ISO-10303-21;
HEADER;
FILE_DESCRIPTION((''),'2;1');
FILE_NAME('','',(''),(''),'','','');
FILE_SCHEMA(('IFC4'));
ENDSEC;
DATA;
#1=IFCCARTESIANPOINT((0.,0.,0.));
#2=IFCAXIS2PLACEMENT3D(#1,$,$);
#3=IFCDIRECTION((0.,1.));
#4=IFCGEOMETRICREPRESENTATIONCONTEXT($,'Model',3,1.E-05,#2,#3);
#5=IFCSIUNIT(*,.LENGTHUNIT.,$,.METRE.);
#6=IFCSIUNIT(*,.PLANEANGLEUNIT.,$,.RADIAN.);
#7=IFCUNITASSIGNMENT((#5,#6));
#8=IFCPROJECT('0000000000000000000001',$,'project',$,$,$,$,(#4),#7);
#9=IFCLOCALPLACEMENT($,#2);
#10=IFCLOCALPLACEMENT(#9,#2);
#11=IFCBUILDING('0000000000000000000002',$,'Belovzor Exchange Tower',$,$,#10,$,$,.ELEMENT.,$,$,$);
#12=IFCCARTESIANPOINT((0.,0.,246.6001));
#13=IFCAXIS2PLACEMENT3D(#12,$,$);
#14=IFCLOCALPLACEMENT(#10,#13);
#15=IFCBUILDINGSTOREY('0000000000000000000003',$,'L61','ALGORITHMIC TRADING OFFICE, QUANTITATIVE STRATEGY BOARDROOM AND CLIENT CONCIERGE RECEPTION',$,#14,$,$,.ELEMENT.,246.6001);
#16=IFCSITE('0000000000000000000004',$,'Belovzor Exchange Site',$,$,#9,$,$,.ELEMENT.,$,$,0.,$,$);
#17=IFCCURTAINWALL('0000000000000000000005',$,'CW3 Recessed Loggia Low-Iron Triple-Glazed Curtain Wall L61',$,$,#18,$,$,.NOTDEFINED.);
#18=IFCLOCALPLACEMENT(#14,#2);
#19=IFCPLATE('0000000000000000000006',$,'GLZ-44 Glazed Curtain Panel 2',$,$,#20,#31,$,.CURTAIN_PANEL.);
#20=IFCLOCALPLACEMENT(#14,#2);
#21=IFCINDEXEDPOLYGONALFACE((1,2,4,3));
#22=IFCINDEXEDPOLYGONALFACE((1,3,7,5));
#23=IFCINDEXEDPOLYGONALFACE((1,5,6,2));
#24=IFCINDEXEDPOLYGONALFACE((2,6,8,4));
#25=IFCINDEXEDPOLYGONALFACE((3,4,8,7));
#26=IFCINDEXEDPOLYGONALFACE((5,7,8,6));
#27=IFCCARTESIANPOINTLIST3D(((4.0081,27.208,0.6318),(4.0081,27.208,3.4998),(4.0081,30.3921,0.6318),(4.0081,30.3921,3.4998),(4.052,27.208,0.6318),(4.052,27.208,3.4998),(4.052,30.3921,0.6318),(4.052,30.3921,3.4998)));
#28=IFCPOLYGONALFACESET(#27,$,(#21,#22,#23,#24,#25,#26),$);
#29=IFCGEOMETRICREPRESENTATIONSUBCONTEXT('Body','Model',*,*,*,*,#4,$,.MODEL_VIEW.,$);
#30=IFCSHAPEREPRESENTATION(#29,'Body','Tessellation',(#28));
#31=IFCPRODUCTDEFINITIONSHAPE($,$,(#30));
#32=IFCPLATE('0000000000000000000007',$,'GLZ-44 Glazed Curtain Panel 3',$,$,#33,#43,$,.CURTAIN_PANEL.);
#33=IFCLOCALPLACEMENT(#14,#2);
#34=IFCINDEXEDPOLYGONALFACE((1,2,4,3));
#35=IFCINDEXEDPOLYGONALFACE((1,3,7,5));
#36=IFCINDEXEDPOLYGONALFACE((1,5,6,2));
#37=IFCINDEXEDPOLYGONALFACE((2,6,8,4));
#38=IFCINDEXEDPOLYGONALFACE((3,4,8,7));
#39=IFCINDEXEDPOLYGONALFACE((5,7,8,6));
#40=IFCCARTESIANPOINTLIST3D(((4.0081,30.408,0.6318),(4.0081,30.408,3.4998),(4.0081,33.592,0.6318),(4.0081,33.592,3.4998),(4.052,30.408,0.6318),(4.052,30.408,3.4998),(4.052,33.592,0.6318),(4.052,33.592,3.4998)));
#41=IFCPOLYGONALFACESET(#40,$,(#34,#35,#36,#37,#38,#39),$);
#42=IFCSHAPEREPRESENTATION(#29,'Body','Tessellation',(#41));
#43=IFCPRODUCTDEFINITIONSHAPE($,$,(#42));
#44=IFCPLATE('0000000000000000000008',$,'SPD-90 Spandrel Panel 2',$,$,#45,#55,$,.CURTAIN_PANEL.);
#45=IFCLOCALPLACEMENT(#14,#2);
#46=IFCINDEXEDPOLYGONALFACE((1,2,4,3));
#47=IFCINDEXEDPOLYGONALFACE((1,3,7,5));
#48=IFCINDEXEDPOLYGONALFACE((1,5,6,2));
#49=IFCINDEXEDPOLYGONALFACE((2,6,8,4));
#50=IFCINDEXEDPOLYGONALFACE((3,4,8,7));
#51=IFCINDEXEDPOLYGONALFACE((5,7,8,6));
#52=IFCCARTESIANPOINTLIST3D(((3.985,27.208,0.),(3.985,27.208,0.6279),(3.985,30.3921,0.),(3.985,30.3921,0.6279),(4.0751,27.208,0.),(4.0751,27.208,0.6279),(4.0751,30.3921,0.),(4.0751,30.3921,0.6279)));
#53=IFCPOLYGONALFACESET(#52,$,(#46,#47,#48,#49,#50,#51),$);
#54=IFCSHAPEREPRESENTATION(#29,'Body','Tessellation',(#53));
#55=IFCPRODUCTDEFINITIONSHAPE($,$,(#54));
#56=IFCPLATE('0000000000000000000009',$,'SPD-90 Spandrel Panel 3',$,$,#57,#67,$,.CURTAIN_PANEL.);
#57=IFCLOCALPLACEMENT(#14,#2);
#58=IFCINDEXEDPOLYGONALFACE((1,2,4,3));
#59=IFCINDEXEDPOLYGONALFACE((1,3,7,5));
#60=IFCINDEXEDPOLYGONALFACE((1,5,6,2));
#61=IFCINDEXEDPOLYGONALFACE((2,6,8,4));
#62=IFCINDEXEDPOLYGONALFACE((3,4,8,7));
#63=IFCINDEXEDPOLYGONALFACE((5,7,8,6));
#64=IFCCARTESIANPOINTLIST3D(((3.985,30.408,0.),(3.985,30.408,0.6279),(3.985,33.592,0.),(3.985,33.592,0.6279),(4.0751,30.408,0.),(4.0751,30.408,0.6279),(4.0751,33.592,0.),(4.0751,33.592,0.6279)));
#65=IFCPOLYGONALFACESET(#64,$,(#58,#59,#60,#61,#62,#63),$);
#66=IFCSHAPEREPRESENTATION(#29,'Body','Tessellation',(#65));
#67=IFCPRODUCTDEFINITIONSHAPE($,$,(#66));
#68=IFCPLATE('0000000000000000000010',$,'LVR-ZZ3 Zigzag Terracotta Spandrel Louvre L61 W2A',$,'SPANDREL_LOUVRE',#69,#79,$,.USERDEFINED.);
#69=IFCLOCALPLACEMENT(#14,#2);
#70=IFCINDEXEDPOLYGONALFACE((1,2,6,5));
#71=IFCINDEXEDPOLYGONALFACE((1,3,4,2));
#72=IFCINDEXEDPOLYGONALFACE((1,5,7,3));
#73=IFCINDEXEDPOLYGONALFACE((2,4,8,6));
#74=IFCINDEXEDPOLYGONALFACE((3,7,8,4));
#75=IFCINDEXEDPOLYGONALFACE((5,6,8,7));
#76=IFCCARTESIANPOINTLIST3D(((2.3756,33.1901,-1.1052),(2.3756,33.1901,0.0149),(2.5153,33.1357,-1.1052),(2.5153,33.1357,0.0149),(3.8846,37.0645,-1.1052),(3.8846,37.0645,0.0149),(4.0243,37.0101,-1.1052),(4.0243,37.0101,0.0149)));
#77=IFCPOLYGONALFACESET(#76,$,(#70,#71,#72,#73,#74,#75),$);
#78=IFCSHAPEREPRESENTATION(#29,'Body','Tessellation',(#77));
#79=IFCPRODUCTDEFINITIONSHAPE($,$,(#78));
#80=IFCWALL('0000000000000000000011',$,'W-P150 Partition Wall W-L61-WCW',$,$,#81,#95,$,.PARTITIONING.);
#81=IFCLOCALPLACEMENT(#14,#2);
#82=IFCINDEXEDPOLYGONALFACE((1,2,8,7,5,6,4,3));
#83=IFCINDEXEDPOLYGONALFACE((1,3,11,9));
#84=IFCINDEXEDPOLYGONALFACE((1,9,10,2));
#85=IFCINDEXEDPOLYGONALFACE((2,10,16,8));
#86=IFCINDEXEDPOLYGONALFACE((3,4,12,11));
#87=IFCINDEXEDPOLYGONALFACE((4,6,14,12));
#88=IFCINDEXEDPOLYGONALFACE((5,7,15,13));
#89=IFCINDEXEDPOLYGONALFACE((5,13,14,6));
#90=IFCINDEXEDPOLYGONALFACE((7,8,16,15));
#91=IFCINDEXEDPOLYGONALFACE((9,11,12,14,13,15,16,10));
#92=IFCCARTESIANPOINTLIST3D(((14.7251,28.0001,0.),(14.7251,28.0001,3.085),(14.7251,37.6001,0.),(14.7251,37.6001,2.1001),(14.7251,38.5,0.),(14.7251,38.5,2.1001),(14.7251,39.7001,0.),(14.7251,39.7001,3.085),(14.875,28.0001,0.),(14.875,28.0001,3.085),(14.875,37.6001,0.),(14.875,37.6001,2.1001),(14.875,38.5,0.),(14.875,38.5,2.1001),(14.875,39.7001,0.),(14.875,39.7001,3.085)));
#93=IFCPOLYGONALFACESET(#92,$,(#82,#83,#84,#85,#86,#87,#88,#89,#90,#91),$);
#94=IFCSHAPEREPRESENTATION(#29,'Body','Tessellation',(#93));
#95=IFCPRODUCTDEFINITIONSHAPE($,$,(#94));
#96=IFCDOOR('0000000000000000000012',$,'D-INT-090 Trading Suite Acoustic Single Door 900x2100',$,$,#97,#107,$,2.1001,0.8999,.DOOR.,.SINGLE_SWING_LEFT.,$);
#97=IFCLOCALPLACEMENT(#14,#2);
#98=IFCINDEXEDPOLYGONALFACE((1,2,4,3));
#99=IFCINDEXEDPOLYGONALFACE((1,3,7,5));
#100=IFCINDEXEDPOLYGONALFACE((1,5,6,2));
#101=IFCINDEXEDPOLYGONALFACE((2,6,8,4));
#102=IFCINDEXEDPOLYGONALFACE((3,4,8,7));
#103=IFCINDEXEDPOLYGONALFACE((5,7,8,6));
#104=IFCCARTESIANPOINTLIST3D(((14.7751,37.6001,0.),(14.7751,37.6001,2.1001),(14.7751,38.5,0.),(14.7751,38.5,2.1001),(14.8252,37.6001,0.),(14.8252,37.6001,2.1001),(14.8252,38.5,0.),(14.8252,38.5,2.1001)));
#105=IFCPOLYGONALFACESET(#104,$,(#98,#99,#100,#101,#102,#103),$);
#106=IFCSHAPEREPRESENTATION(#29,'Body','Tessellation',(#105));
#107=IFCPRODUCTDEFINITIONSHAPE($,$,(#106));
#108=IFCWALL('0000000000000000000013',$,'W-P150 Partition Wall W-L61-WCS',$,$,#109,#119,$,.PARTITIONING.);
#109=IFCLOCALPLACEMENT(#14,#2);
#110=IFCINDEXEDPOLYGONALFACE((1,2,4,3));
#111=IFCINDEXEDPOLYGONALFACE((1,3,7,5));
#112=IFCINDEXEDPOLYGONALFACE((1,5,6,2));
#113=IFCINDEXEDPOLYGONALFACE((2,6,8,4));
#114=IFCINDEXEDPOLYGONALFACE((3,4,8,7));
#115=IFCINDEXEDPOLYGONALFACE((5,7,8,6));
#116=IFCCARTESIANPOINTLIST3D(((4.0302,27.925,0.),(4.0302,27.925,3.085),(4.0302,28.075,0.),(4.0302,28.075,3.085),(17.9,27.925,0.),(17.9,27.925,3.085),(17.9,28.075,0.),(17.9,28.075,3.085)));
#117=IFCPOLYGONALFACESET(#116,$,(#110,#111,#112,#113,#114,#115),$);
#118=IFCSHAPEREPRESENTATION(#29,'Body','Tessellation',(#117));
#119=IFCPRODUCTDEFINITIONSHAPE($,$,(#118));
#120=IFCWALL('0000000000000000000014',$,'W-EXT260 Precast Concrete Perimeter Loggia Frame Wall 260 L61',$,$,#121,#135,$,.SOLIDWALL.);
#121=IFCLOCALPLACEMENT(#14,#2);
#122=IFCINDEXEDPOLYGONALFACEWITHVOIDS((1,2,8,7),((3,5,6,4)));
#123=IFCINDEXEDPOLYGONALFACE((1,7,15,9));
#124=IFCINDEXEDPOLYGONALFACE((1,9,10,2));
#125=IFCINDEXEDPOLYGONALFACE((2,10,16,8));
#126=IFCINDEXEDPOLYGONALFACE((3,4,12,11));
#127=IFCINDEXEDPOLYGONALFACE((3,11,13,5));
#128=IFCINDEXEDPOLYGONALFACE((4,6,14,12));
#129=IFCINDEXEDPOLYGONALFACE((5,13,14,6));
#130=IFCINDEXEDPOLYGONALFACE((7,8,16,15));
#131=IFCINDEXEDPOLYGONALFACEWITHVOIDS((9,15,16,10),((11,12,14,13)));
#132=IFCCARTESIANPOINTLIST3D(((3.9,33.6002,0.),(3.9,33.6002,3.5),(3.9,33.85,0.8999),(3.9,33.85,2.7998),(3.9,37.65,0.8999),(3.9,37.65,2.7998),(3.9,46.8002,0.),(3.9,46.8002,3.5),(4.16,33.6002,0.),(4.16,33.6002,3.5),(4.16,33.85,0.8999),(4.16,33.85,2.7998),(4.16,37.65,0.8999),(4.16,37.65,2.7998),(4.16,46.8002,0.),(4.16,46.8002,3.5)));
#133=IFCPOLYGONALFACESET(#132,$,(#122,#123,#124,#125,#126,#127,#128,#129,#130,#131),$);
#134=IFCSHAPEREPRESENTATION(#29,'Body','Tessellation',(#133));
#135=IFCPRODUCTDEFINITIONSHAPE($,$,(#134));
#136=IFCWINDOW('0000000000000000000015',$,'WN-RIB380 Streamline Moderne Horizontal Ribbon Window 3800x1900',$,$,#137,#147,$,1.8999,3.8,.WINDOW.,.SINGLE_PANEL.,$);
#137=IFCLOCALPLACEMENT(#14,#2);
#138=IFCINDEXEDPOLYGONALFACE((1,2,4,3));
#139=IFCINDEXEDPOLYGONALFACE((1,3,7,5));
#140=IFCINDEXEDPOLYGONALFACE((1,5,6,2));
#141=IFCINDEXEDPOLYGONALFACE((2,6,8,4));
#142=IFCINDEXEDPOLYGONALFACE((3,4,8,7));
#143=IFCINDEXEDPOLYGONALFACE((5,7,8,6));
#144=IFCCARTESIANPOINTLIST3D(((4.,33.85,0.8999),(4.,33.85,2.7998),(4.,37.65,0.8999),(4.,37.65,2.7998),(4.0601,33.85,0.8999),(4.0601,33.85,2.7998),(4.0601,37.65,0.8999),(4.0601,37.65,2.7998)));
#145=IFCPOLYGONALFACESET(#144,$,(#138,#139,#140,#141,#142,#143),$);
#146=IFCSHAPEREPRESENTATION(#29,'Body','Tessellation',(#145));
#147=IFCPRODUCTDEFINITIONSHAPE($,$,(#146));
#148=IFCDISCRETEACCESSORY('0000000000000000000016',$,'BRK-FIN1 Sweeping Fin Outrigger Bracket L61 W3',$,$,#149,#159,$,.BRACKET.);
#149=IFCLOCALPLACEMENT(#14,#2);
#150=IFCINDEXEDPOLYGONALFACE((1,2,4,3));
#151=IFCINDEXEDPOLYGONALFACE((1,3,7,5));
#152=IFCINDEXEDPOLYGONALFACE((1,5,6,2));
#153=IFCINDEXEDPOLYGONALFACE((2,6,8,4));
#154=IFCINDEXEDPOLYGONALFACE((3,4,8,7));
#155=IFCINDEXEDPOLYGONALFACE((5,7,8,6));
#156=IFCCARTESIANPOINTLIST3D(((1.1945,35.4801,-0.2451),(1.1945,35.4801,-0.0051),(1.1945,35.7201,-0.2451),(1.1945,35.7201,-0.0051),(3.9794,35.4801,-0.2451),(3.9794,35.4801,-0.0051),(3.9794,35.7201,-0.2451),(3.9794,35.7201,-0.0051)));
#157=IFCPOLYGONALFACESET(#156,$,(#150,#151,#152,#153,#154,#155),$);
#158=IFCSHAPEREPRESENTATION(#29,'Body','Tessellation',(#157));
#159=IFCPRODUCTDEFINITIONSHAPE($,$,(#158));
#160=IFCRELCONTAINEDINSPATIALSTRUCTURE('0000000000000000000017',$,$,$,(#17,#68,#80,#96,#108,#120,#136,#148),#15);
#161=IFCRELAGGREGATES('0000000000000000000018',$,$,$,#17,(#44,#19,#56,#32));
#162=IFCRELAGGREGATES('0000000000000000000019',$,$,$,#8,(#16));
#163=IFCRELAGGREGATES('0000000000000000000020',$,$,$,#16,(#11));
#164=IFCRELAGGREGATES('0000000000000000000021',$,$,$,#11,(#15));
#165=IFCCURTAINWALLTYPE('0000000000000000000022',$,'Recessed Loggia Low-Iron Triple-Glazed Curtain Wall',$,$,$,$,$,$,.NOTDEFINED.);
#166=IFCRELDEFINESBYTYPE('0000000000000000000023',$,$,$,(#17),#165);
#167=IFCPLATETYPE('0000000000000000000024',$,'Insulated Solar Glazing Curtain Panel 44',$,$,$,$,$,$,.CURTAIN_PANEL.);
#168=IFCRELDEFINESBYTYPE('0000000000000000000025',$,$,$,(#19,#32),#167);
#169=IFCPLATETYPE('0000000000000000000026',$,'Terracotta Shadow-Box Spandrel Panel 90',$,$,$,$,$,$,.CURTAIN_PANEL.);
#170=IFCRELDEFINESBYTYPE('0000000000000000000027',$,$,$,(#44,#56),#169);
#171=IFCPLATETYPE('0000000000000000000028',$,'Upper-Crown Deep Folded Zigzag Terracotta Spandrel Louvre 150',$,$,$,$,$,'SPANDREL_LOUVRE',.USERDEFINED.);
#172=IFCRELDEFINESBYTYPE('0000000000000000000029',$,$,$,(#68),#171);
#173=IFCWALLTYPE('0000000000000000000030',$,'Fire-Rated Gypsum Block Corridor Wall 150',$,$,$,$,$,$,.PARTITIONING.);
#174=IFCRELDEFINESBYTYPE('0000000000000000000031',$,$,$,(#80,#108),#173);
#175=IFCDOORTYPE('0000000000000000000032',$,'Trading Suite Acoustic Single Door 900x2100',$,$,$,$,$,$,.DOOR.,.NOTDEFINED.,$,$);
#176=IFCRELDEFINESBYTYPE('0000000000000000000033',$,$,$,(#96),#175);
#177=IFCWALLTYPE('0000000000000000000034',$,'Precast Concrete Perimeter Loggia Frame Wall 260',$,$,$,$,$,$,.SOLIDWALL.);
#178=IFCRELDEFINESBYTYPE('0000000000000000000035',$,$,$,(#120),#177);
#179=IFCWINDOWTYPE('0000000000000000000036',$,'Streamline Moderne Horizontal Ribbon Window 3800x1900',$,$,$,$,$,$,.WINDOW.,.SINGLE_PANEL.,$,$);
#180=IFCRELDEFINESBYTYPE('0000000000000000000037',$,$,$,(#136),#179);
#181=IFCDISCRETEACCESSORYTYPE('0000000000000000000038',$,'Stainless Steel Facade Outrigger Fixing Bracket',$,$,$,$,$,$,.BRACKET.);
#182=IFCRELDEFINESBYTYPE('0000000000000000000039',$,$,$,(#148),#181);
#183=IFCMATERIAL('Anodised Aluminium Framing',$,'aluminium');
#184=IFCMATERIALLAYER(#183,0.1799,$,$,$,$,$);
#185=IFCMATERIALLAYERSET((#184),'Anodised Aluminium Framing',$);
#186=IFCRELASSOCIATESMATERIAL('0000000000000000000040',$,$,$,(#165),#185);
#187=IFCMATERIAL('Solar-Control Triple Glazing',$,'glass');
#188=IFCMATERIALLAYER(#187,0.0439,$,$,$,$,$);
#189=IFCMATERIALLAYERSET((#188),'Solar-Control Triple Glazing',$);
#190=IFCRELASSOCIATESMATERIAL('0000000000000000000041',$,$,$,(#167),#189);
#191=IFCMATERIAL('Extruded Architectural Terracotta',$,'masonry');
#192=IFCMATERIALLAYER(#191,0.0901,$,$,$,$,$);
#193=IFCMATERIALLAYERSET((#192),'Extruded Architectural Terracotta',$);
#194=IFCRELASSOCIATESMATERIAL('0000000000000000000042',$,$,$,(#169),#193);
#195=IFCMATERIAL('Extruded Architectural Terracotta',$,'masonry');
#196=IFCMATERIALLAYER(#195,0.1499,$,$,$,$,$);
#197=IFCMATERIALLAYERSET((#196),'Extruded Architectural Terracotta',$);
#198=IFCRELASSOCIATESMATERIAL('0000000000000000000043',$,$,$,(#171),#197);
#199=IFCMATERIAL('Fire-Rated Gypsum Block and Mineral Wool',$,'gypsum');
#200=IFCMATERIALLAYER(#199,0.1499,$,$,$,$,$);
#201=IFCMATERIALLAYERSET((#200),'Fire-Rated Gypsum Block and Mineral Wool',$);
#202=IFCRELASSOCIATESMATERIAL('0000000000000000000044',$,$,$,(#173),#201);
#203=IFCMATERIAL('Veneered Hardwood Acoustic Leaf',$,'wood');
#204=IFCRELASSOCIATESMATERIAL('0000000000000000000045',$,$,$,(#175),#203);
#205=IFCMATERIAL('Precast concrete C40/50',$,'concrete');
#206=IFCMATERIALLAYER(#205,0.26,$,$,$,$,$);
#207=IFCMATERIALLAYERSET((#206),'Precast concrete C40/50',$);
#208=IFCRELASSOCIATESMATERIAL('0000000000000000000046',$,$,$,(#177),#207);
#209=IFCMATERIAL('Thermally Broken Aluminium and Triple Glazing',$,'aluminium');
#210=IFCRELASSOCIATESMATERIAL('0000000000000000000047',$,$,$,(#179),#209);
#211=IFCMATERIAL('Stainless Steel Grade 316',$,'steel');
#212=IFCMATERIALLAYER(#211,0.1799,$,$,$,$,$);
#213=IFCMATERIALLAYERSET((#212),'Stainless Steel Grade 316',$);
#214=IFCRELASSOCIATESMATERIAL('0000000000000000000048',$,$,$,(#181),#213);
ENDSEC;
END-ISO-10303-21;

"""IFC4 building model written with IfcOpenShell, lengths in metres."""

from ifc_helpers import new_model, si_unit, direction, frame, frame_2d, origin, origin_2d, place, context, subcontext, project, spatial, rectangle, extrude, material, layer, layer_set, type_object, element, fill, aggregate, save


model = new_model("IFC4")

# Units and contexts
model_context = context("Model", 3, precision=1e-05, world=origin(), true_north=direction((0.0, 1.0)))
body_context = subcontext(model_context, "Body", "Model", "MODEL_VIEW")
ifc_project = project(units=[si_unit("LENGTHUNIT", "METRE"), si_unit("PLANEANGLEUNIT", "RADIAN")], contexts=[model_context])

# Site, building, storey
site_placement = place(None, origin())
site = spatial("IfcSite", under=ifc_project, at=site_placement, Name="Belovzor Exchange Site", CompositionType="ELEMENT", RefElevation=0.0)
building_placement = place(site_placement, origin())
building = spatial("IfcBuilding", under=site, at=building_placement, Name="Belovzor Exchange Tower", CompositionType="ELEMENT")
storey_placement = place(building_placement, frame((0.0, 0.0, 246.6001)))
storey = spatial("IfcBuildingStorey", under=building, at=storey_placement, Name="L61", Description="ALGORITHMIC TRADING OFFICE, QUANTITATIVE STRATEGY BOARDROOM AND CLIENT CONCIERGE RECEPTION", CompositionType="ELEMENT", Elevation=246.6001)

# Curtain wall
ifc_material_1 = material(Name="Anodised Aluminium Framing", Category="aluminium")
ifc_layer_1 = layer(ifc_material_1, 0.1799)
ifc_layer_set_1 = layer_set([ifc_layer_1], Name="Anodised Aluminium Framing")
curtain_wall_type = type_object("IfcCurtainWallType", Name="Recessed Loggia Low-Iron Triple-Glazed Curtain Wall", PredefinedType="NOTDEFINED", material=ifc_layer_set_1)
curtain_wall_placement = place(storey_placement, origin())
curtain_wall = element("IfcCurtainWall", 1, at=curtain_wall_placement, inside=storey, type_object=curtain_wall_type, Name="CW3 Recessed Loggia Low-Iron Triple-Glazed Curtain Wall L61", PredefinedType="NOTDEFINED")

# Plates
ifc_material_2 = material(Name="Solar-Control Triple Glazing", Category="glass")
ifc_layer_2 = layer(ifc_material_2, 0.0439)
ifc_layer_set_2 = layer_set([ifc_layer_2], Name="Solar-Control Triple Glazing")
plate_type_1 = type_object("IfcPlateType", Name="Insulated Solar Glazing Curtain Panel 44", PredefinedType="CURTAIN_PANEL", material=ifc_layer_set_2)
plate_1_placement = place(storey_placement, frame((4.03, 28.8, 0.6318), z_axis=(0.0, 0.0, 1.0), x_axis=(0.0, 1.0, 0.0)))
plate_1 = element("IfcPlate", 2, at=plate_1_placement, type_object=plate_type_1, Name="GLZ-44 Glazed Curtain Panel 2", PredefinedType="CURTAIN_PANEL", context=body_context, shape_type="SweptSolid", body=[
    extrude(rectangle(XDim=3.1841, YDim=0.0439, at=origin_2d()), origin(), (0.0, 0.0, 1.0), 2.8679),
])
plate_2_placement = place(storey_placement, frame((4.03, 32.0, 0.6318), z_axis=(0.0, 0.0, 1.0), x_axis=(0.0, 1.0, 0.0)))
plate_2 = element("IfcPlate", 3, at=plate_2_placement, type_object=plate_type_1, Name="GLZ-44 Glazed Curtain Panel 3", PredefinedType="CURTAIN_PANEL", context=body_context, shape_type="SweptSolid", body=[
    extrude(rectangle(XDim=3.1841, YDim=0.0439, at=origin_2d()), origin(), (0.0, 0.0, 1.0), 2.8679),
])
ifc_material_3 = material(Name="Extruded Architectural Terracotta", Category="masonry")
ifc_layer_3 = layer(ifc_material_3, 0.0901)
ifc_layer_set_3 = layer_set([ifc_layer_3], Name="Extruded Architectural Terracotta")
plate_type_2 = type_object("IfcPlateType", Name="Terracotta Shadow-Box Spandrel Panel 90", PredefinedType="CURTAIN_PANEL", material=ifc_layer_set_3)
plate_3_placement = place(storey_placement, frame((4.03, 28.8, 0.0), z_axis=(0.0, 0.0, 1.0), x_axis=(0.0, 1.0, 0.0)))
plate_3 = element("IfcPlate", 4, at=plate_3_placement, type_object=plate_type_2, Name="SPD-90 Spandrel Panel 2", PredefinedType="CURTAIN_PANEL", context=body_context, shape_type="SweptSolid", body=[
    extrude(rectangle(XDim=3.1841, YDim=0.0901, at=origin_2d()), origin(), (0.0, 0.0, 1.0), 0.6279),
])
plate_4_placement = place(storey_placement, frame((4.03, 32.0, 0.0), z_axis=(0.0, 0.0, 1.0), x_axis=(0.0, 1.0, 0.0)))
plate_4 = element("IfcPlate", 5, at=plate_4_placement, type_object=plate_type_2, Name="SPD-90 Spandrel Panel 3", PredefinedType="CURTAIN_PANEL", context=body_context, shape_type="SweptSolid", body=[
    extrude(rectangle(XDim=3.1841, YDim=0.0901, at=origin_2d()), origin(), (0.0, 0.0, 1.0), 0.6279),
])
aggregate(curtain_wall, [plate_3, plate_1, plate_4, plate_2])
ifc_material_4 = material(Name="Extruded Architectural Terracotta", Category="masonry")
ifc_layer_4 = layer(ifc_material_4, 0.1499)
ifc_layer_set_4 = layer_set([ifc_layer_4], Name="Extruded Architectural Terracotta")
plate_type_3 = type_object("IfcPlateType", Name="Upper-Crown Deep Folded Zigzag Terracotta Spandrel Louvre 150", ElementType="SPANDREL_LOUVRE", PredefinedType="USERDEFINED", material=ifc_layer_set_4)
plate_5_placement = place(storey_placement, frame((3.2, 35.1001, -1.1052), z_axis=(0.0, 0.0, 1.0), x_axis=(0.362926, 0.931818, 0.0)))
element("IfcPlate", 6, at=plate_5_placement, inside=storey, type_object=plate_type_3, Name="LVR-ZZ3 Zigzag Terracotta Spandrel Louvre L61 W2A", ObjectType="SPANDREL_LOUVRE", PredefinedType="USERDEFINED", context=body_context, shape_type="SweptSolid", body=[
    extrude(rectangle(XDim=4.158, YDim=0.1499, at=origin_2d()), origin(), (0.0, 0.0, 1.0), 1.1201),
])

# Wall, opening, door
ifc_material_5 = material(Name="Fire-Rated Gypsum Block and Mineral Wool", Category="gypsum")
ifc_layer_5 = layer(ifc_material_5, 0.1499)
ifc_layer_set_5 = layer_set([ifc_layer_5], Name="Fire-Rated Gypsum Block and Mineral Wool")
wall_type_1 = type_object("IfcWallType", Name="Fire-Rated Gypsum Block Corridor Wall 150", PredefinedType="PARTITIONING", material=ifc_layer_set_5)
wall_1_placement = place(storey_placement, frame((14.8, 28.0, 0.0), z_axis=(0.0, 0.0, 1.0), x_axis=(0.0, 1.0, 0.0)))
wall_1 = element("IfcWall", 7, at=wall_1_placement, inside=storey, type_object=wall_type_1, Name="W-P150 Partition Wall W-L61-WCW", PredefinedType="PARTITIONING", context=body_context, shape_type="SweptSolid", body=[
    extrude(rectangle(XDim=11.7, YDim=0.1499, at=frame_2d((5.8501, 0.0))), origin(), (0.0, 0.0, 1.0), 3.085),
])
opening_1_placement = place(wall_1_placement, frame((9.6001, 0.0, 0.0)))
opening_1 = element("IfcOpeningElement", 8, at=opening_1_placement, cuts=wall_1, PredefinedType="OPENING", context=body_context, shape_type="SweptSolid", body=[
    extrude(rectangle(XDim=0.8999, YDim=2.1001, at=frame_2d((0.45, 1.05))), frame((0.0, 0.085, 0.0), z_axis=(0.0, -1.0, 0.0), x_axis=(1.0, 0.0, 0.0)), (0.0, 0.0, 1.0), 0.1699),
])
ifc_material_6 = material(Name="Veneered Hardwood Acoustic Leaf", Category="wood")
door_type = type_object("IfcDoorType", Name="Trading Suite Acoustic Single Door 900x2100", OperationType="NOTDEFINED", PredefinedType="DOOR", material=ifc_material_6)
door_placement = place(opening_1_placement, origin())
door = element("IfcDoor", 9, at=door_placement, inside=storey, type_object=door_type, Name="D-INT-090 Trading Suite Acoustic Single Door 900x2100", OperationType="SINGLE_SWING_LEFT", OverallHeight=2.1001, OverallWidth=0.8999, PredefinedType="DOOR", context=body_context, shape_type="SweptSolid", body=[
    extrude(rectangle(XDim=0.8999, YDim=2.1001, at=frame_2d((0.45, 1.05))), frame((0.0, 0.0249, 0.0), z_axis=(0.0, -1.0, 0.0), x_axis=(1.0, 0.0, 0.0)), (0.0, 0.0, 1.0), 0.05),
])
fill(opening_1, door)

# Wall
wall_2_placement = place(storey_placement, frame((4.03, 28.0, 0.0), z_axis=(0.0, 0.0, 1.0), x_axis=(1.0, 0.0, 0.0)))
element("IfcWall", 10, at=wall_2_placement, inside=storey, type_object=wall_type_1, Name="W-P150 Partition Wall W-L61-WCS", PredefinedType="PARTITIONING", context=body_context, shape_type="SweptSolid", body=[
    extrude(rectangle(XDim=13.8699, YDim=0.1499, at=frame_2d((6.9351, 0.0))), origin(), (0.0, 0.0, 1.0), 3.085),
])

# Wall, opening, window
ifc_material_7 = material(Name="Precast concrete C40/50", Category="concrete")
ifc_layer_6 = layer(ifc_material_7, 0.26)
ifc_layer_set_6 = layer_set([ifc_layer_6], Name="Precast concrete C40/50")
wall_type_2 = type_object("IfcWallType", Name="Precast Concrete Perimeter Loggia Frame Wall 260", PredefinedType="SOLIDWALL", material=ifc_layer_set_6)
wall_3_placement = place(storey_placement, frame((4.03, 33.6001, 0.0), z_axis=(0.0, 0.0, 1.0), x_axis=(0.0, 1.0, 0.0)))
wall_3 = element("IfcWall", 11, at=wall_3_placement, inside=storey, type_object=wall_type_2, Name="W-EXT260 Precast Concrete Perimeter Loggia Frame Wall 260 L61", PredefinedType="SOLIDWALL", context=body_context, shape_type="SweptSolid", body=[
    extrude(rectangle(XDim=13.2, YDim=0.26, at=frame_2d((6.6001, 0.0))), origin(), (0.0, 0.0, 1.0), 3.5),
])
opening_2_placement = place(wall_3_placement, frame((0.25, 0.0, 0.8999)))
opening_2 = element("IfcOpeningElement", 12, at=opening_2_placement, cuts=wall_3, PredefinedType="OPENING", context=body_context, shape_type="SweptSolid", body=[
    extrude(rectangle(XDim=3.8, YDim=1.8999, at=frame_2d((1.8999, 0.95))), frame((0.0, 0.1399, 0.0), z_axis=(0.0, -1.0, 0.0), x_axis=(1.0, 0.0, 0.0)), (0.0, 0.0, 1.0), 0.28),
])
ifc_material_8 = material(Name="Thermally Broken Aluminium and Triple Glazing", Category="aluminium")
window_type = type_object("IfcWindowType", Name="Streamline Moderne Horizontal Ribbon Window 3800x1900", PartitioningType="SINGLE_PANEL", PredefinedType="WINDOW", material=ifc_material_8)
window_placement = place(opening_2_placement, origin())
window = element("IfcWindow", 13, at=window_placement, inside=storey, type_object=window_type, Name="WN-RIB380 Streamline Moderne Horizontal Ribbon Window 3800x1900", OverallHeight=1.8999, OverallWidth=3.8, PartitioningType="SINGLE_PANEL", PredefinedType="WINDOW", context=body_context, shape_type="SweptSolid", body=[
    extrude(rectangle(XDim=3.8, YDim=1.8999, at=frame_2d((1.8999, 0.95))), frame((0.0, 0.03, 0.0), z_axis=(0.0, -1.0, 0.0), x_axis=(1.0, 0.0, 0.0)), (0.0, 0.0, 1.0), 0.0601),
])
fill(opening_2, window)

# Discrete accessory
ifc_material_9 = material(Name="Stainless Steel Grade 316", Category="steel")
ifc_layer_7 = layer(ifc_material_9, 0.1799)
ifc_layer_set_7 = layer_set([ifc_layer_7], Name="Stainless Steel Grade 316")
discrete_accessory_type = type_object("IfcDiscreteAccessoryType", Name="Stainless Steel Facade Outrigger Fixing Bracket", PredefinedType="BRACKET", material=ifc_layer_set_7)
discrete_accessory_placement = place(storey_placement, frame((2.5869, 35.6001, -0.2451), z_axis=(0.0, 0.0, 1.0), x_axis=(1.0, 0.0, 0.0)))
element("IfcDiscreteAccessory", 14, at=discrete_accessory_placement, inside=storey, type_object=discrete_accessory_type, Name="BRK-FIN1 Sweeping Fin Outrigger Bracket L61 W3", PredefinedType="BRACKET", context=body_context, shape_type="SweptSolid", body=[
    extrude(rectangle(XDim=2.7849, YDim=0.24, at=origin_2d()), origin(), (0.0, 0.0, 1.0), 0.24),
])

save(model, "model.ifc")
